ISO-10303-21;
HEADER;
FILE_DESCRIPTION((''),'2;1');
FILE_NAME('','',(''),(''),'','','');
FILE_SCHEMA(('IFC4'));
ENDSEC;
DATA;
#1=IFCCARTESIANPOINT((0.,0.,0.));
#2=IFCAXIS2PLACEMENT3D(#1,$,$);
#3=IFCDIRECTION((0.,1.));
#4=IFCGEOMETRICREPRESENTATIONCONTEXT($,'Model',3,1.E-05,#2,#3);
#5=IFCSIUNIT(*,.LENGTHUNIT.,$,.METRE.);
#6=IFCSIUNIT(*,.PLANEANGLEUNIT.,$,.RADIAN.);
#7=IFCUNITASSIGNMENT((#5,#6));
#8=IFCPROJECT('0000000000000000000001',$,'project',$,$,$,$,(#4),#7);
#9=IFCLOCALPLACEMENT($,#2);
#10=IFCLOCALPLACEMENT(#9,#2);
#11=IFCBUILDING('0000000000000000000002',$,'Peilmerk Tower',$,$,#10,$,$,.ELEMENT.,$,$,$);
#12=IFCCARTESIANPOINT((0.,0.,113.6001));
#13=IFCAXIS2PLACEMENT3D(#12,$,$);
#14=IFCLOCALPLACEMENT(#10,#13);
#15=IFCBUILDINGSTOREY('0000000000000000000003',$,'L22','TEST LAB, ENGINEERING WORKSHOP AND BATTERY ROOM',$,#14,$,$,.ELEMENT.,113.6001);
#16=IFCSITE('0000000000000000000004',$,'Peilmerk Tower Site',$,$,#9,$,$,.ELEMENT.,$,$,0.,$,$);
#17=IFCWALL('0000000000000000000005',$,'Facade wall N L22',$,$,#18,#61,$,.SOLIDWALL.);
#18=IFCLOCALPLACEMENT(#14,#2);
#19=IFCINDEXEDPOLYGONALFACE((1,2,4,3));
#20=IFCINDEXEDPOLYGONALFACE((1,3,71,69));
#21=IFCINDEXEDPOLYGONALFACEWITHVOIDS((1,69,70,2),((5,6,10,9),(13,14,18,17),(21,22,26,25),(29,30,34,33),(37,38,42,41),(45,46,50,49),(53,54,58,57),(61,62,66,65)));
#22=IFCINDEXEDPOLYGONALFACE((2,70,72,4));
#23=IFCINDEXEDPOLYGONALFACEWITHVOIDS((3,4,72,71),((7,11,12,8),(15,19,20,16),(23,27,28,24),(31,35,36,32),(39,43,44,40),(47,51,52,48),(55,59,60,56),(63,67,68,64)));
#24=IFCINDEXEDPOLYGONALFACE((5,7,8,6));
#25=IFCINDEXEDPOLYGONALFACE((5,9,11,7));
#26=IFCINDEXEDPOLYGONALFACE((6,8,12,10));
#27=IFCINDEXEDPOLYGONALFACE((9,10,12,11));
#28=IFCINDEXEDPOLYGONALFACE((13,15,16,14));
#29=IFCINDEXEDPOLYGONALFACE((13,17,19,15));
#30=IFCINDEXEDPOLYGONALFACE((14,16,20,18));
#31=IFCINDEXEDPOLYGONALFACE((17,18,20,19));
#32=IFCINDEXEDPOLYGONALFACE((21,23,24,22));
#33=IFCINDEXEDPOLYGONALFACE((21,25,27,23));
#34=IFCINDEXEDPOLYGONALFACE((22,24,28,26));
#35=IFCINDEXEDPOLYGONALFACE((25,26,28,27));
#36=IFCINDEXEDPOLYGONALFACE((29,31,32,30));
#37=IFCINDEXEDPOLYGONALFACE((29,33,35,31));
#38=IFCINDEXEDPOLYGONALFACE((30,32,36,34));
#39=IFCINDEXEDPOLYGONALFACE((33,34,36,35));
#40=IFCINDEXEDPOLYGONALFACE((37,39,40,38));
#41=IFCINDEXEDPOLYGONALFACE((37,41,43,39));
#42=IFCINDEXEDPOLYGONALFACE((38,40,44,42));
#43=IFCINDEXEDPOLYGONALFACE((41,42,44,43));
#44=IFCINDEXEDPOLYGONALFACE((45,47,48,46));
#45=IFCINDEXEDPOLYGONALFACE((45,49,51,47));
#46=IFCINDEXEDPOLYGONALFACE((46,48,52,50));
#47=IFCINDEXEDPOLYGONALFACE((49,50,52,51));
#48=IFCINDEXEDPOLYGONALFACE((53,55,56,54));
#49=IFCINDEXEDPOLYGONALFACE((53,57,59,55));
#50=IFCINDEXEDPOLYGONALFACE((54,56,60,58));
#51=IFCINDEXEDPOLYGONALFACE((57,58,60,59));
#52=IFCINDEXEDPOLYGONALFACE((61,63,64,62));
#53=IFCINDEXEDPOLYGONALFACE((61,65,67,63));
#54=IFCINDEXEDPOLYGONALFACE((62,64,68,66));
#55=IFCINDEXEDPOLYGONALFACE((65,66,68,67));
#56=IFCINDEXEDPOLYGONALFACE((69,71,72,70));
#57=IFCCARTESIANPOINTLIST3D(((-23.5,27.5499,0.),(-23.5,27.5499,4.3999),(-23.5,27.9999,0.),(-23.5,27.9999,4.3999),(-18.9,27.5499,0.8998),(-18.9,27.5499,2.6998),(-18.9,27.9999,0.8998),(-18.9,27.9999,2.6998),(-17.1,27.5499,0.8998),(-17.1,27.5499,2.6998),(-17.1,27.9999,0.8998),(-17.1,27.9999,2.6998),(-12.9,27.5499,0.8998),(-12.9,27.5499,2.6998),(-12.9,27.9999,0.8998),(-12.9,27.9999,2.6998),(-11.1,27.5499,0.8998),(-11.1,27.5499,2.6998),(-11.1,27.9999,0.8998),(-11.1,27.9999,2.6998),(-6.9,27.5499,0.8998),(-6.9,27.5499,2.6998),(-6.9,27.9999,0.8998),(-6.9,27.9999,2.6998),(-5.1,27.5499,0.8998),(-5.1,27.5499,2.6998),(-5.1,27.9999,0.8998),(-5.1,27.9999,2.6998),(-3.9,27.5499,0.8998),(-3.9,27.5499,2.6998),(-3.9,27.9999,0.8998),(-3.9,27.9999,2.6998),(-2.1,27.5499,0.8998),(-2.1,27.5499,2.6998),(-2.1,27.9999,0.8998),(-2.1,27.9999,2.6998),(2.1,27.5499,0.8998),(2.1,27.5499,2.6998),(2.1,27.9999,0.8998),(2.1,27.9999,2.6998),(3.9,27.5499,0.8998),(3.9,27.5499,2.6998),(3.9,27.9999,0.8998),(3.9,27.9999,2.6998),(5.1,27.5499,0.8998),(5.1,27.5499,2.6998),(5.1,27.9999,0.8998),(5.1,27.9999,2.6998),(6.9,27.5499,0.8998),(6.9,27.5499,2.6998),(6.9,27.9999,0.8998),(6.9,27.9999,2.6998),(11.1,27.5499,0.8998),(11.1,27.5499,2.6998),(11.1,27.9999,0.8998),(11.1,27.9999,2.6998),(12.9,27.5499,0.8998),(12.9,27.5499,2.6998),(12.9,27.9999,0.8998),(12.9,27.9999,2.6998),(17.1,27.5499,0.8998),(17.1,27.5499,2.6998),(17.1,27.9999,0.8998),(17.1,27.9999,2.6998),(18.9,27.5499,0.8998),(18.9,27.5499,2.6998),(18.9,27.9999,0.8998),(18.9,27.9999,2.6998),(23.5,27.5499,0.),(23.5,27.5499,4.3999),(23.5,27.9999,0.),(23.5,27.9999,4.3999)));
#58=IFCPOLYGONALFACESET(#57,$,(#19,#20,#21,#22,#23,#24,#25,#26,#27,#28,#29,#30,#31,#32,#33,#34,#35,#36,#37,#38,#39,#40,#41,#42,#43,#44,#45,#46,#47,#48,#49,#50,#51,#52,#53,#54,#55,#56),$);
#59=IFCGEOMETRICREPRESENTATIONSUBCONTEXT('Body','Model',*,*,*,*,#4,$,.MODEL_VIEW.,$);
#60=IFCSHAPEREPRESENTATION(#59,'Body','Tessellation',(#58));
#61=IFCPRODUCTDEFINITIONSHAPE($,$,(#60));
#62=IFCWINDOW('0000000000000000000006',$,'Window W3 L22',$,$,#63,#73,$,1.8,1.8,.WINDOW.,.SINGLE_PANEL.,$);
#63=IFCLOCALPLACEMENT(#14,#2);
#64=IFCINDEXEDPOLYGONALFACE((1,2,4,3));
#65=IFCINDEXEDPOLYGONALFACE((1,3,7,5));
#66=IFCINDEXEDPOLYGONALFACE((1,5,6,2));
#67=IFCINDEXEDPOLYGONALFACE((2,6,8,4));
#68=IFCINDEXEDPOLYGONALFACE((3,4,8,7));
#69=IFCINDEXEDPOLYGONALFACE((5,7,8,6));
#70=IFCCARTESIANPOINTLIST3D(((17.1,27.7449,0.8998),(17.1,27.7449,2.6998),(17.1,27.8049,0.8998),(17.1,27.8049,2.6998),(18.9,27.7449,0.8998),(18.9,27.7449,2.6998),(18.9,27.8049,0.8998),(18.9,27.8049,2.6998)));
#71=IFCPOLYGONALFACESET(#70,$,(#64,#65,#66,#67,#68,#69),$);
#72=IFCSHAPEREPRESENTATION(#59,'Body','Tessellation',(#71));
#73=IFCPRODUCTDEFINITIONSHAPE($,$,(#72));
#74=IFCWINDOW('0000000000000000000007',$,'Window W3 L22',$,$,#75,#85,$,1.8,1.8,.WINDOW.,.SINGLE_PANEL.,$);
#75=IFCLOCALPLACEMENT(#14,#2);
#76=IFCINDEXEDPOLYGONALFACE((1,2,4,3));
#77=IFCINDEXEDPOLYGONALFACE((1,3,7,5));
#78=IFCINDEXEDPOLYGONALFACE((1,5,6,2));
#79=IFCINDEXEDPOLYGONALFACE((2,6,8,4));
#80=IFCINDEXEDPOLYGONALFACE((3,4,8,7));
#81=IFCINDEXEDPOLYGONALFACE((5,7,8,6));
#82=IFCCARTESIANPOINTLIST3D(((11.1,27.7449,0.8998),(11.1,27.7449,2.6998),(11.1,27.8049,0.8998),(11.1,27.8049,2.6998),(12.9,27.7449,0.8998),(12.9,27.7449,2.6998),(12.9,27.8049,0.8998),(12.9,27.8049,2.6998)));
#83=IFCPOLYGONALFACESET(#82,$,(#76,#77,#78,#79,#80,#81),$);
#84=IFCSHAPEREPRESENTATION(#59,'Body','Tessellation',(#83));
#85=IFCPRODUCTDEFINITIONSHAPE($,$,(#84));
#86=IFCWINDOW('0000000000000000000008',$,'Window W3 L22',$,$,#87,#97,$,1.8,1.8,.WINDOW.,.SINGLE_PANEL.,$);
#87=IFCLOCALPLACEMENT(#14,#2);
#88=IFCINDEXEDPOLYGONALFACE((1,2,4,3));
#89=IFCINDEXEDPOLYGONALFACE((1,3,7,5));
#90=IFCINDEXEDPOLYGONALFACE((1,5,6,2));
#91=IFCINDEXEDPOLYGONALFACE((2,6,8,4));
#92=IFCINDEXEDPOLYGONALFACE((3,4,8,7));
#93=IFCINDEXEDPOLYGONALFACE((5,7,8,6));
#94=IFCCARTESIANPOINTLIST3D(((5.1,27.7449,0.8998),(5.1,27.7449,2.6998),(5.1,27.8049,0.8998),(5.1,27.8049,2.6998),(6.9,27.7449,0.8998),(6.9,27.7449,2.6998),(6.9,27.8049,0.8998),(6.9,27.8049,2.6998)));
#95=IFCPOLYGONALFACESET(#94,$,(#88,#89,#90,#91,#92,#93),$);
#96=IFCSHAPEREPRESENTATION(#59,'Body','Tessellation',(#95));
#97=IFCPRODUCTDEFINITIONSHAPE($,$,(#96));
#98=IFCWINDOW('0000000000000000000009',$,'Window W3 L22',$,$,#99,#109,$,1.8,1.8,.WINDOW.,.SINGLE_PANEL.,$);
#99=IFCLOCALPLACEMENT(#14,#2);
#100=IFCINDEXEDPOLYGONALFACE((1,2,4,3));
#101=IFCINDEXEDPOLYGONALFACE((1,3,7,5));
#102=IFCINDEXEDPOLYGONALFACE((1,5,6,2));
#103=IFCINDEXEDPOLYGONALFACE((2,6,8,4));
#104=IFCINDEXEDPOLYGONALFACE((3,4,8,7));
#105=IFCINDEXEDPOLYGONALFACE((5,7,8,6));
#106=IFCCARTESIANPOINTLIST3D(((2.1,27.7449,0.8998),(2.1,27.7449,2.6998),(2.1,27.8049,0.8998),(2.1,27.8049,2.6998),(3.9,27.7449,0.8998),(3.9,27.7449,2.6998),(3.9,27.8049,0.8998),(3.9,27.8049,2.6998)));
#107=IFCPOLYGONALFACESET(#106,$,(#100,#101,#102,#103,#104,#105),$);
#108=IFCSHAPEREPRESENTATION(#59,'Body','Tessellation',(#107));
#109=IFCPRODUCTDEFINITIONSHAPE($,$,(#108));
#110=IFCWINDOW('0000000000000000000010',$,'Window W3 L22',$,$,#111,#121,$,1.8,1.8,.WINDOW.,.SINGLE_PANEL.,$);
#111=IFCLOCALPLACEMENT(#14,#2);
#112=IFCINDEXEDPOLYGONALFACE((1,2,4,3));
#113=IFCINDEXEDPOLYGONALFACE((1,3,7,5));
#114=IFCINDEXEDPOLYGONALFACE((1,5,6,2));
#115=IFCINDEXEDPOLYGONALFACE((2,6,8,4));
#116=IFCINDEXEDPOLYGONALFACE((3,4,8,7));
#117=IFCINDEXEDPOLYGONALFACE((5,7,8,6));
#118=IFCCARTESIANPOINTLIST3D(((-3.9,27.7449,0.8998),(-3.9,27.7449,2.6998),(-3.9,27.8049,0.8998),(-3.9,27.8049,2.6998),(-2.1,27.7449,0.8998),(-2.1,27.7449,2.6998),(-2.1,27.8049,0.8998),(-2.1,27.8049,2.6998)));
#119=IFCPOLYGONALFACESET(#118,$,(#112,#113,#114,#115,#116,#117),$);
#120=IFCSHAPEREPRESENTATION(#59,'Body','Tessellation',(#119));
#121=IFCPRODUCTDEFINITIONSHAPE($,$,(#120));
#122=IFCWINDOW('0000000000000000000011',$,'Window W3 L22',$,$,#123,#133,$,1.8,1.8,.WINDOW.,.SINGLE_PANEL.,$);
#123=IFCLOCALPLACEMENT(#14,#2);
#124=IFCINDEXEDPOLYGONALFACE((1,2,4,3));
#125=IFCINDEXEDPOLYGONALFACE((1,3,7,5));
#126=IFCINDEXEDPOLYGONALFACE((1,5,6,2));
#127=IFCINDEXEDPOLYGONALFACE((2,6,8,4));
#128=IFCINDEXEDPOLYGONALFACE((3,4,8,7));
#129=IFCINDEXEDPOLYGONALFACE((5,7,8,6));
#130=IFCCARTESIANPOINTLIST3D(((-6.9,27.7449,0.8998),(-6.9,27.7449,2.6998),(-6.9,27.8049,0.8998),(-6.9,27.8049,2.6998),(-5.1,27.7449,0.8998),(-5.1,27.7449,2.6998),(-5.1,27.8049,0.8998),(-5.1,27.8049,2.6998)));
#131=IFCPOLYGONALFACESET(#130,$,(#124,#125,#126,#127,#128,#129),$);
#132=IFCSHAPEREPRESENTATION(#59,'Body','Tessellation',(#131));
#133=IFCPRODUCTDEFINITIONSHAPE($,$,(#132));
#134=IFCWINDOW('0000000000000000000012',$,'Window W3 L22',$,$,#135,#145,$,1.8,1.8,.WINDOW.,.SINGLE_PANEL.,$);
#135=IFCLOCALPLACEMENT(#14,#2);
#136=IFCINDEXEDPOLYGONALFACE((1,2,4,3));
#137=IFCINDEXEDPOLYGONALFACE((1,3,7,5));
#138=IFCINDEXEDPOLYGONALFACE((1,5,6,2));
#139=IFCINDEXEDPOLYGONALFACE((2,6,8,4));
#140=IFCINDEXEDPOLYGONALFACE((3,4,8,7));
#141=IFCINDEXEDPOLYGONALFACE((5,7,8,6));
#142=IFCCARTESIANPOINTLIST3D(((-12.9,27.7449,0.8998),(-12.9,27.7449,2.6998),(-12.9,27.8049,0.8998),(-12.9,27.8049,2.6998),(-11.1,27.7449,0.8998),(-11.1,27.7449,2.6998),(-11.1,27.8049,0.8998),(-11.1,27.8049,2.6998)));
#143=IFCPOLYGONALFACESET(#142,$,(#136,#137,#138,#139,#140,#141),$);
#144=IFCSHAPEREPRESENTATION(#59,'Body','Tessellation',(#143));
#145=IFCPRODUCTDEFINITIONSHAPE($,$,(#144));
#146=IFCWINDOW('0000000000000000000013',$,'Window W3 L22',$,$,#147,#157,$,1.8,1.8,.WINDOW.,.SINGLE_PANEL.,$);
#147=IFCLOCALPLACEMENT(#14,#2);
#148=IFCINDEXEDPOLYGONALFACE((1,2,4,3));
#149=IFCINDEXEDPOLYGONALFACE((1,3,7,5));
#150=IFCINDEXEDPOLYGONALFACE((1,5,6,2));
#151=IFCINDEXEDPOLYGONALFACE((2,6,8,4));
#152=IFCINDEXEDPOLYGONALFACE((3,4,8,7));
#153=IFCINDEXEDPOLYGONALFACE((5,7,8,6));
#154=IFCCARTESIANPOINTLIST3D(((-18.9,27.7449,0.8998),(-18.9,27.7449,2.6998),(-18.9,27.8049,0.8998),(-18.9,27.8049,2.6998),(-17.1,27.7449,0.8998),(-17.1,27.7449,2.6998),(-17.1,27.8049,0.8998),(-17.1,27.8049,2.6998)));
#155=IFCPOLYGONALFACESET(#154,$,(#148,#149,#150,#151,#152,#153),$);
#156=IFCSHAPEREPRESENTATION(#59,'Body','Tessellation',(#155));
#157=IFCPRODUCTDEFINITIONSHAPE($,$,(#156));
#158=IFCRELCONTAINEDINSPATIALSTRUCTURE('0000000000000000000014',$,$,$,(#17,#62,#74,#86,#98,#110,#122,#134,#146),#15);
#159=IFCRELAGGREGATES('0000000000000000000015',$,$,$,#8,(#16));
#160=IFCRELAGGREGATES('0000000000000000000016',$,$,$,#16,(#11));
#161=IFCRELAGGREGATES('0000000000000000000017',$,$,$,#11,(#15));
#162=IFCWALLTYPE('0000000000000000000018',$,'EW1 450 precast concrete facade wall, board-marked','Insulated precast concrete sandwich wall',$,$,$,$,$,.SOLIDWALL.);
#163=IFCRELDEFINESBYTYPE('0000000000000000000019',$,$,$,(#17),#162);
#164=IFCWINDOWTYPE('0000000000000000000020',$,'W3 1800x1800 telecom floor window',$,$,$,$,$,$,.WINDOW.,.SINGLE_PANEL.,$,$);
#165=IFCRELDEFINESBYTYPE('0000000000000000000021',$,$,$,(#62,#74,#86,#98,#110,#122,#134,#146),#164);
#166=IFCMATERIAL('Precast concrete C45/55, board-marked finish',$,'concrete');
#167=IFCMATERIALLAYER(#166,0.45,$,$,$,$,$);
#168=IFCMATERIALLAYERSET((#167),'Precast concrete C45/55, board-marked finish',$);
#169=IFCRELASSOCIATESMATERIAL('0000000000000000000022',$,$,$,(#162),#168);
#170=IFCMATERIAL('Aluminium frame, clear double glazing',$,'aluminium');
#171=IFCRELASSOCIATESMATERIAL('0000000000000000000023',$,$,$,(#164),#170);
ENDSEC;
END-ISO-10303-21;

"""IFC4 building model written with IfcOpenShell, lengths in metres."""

from ifc_helpers import new_model, si_unit, direction, frame, frame_2d, origin, place, context, subcontext, project, spatial, rectangle, extrude, material, layer, layer_set, type_object, element, fill, save


model = new_model("IFC4")

# Units and contexts
model_context = context("Model", 3, precision=1e-05, world=origin(), true_north=direction((0.0, 1.0)))
body_context = subcontext(model_context, "Body", "Model", "MODEL_VIEW")
ifc_project = project(units=[si_unit("LENGTHUNIT", "METRE"), si_unit("PLANEANGLEUNIT", "RADIAN")], contexts=[model_context])

# Site, building, storey
site_placement = place(None, origin())
site = spatial("IfcSite", under=ifc_project, at=site_placement, Name="Peilmerk Tower Site", CompositionType="ELEMENT", RefElevation=0.0)
building_placement = place(site_placement, origin())
building = spatial("IfcBuilding", under=site, at=building_placement, Name="Peilmerk Tower", CompositionType="ELEMENT")
storey_placement = place(building_placement, frame((0.0, 0.0, 113.6001)))
storey = spatial("IfcBuildingStorey", under=building, at=storey_placement, Name="L22", Description="TEST LAB, ENGINEERING WORKSHOP AND BATTERY ROOM", CompositionType="ELEMENT", Elevation=113.6001)

# Wall, openings, windows
ifc_material_1 = material(Name="Precast concrete C45/55, board-marked finish", Category="concrete")
ifc_layer = layer(ifc_material_1, 0.45)
ifc_layer_set = layer_set([ifc_layer], Name="Precast concrete C45/55, board-marked finish")
wall_type = type_object("IfcWallType", Name="EW1 450 precast concrete facade wall, board-marked", Description="Insulated precast concrete sandwich wall", PredefinedType="SOLIDWALL", material=ifc_layer_set)
wall_1_placement = place(storey_placement, frame((23.5, 27.7749, 0.0), z_axis=(0.0, 0.0, 1.0), x_axis=(-1.0, 0.0, 0.0)))
wall_1 = element("IfcWall", 1, at=wall_1_placement, inside=storey, type_object=wall_type, Name="Facade wall N L22", PredefinedType="SOLIDWALL", context=body_context, shape_type="SweptSolid", body=[
    extrude(rectangle(XDim=47.0, YDim=0.45, at=frame_2d((23.5, 0.0))), origin(), (0.0, 0.0, 1.0), 4.3999),
])
opening_1_placement = place(wall_1_placement, frame((4.6001, 0.0, 0.8999)))
opening_1 = element("IfcOpeningElement", 2, at=opening_1_placement, cuts=wall_1, PredefinedType="OPENING", context=body_context, shape_type="SweptSolid", body=[
    extrude(rectangle(XDim=1.8, YDim=1.8, at=frame_2d((0.8999, 0.8999))), frame((0.0, 0.2349, 0.0), z_axis=(0.0, -1.0, 0.0), x_axis=(1.0, 0.0, 0.0)), (0.0, 0.0, 1.0), 0.47),
])
opening_2_placement = place(wall_1_placement, frame((10.6001, 0.0, 0.8999)))
opening_2 = element("IfcOpeningElement", 3, at=opening_2_placement, cuts=wall_1, PredefinedType="OPENING", context=body_context, shape_type="SweptSolid", body=[
    extrude(rectangle(XDim=1.8, YDim=1.8, at=frame_2d((0.8999, 0.8999))), frame((0.0, 0.2349, 0.0), z_axis=(0.0, -1.0, 0.0), x_axis=(1.0, 0.0, 0.0)), (0.0, 0.0, 1.0), 0.47),
])
opening_3_placement = place(wall_1_placement, frame((16.6001, 0.0, 0.8999)))
opening_3 = element("IfcOpeningElement", 4, at=opening_3_placement, cuts=wall_1, PredefinedType="OPENING", context=body_context, shape_type="SweptSolid", body=[
    extrude(rectangle(XDim=1.8, YDim=1.8, at=frame_2d((0.8999, 0.8999))), frame((0.0, 0.2349, 0.0), z_axis=(0.0, -1.0, 0.0), x_axis=(1.0, 0.0, 0.0)), (0.0, 0.0, 1.0), 0.47),
])
opening_4_placement = place(wall_1_placement, frame((19.6001, 0.0, 0.8999)))
opening_4 = element("IfcOpeningElement", 5, at=opening_4_placement, cuts=wall_1, PredefinedType="OPENING", context=body_context, shape_type="SweptSolid", body=[
    extrude(rectangle(XDim=1.8, YDim=1.8, at=frame_2d((0.8999, 0.8999))), frame((0.0, 0.2349, 0.0), z_axis=(0.0, -1.0, 0.0), x_axis=(1.0, 0.0, 0.0)), (0.0, 0.0, 1.0), 0.47),
])
opening_5_placement = place(wall_1_placement, frame((25.6001, 0.0, 0.8999)))
opening_5 = element("IfcOpeningElement", 6, at=opening_5_placement, cuts=wall_1, PredefinedType="OPENING", context=body_context, shape_type="SweptSolid", body=[
    extrude(rectangle(XDim=1.8, YDim=1.8, at=frame_2d((0.8999, 0.8999))), frame((0.0, 0.2349, 0.0), z_axis=(0.0, -1.0, 0.0), x_axis=(1.0, 0.0, 0.0)), (0.0, 0.0, 1.0), 0.47),
])
opening_6_placement = place(wall_1_placement, frame((28.6001, 0.0, 0.8999)))
opening_6 = element("IfcOpeningElement", 7, at=opening_6_placement, cuts=wall_1, PredefinedType="OPENING", context=body_context, shape_type="SweptSolid", body=[
    extrude(rectangle(XDim=1.8, YDim=1.8, at=frame_2d((0.8999, 0.8999))), frame((0.0, 0.2349, 0.0), z_axis=(0.0, -1.0, 0.0), x_axis=(1.0, 0.0, 0.0)), (0.0, 0.0, 1.0), 0.47),
])
opening_7_placement = place(wall_1_placement, frame((34.6001, 0.0, 0.8999)))
opening_7 = element("IfcOpeningElement", 8, at=opening_7_placement, cuts=wall_1, PredefinedType="OPENING", context=body_context, shape_type="SweptSolid", body=[
    extrude(rectangle(XDim=1.8, YDim=1.8, at=frame_2d((0.8999, 0.8999))), frame((0.0, 0.2349, 0.0), z_axis=(0.0, -1.0, 0.0), x_axis=(1.0, 0.0, 0.0)), (0.0, 0.0, 1.0), 0.47),
])
opening_8_placement = place(wall_1_placement, frame((40.6001, 0.0, 0.8999)))
opening_8 = element("IfcOpeningElement", 9, at=opening_8_placement, cuts=wall_1, PredefinedType="OPENING", context=body_context, shape_type="SweptSolid", body=[
    extrude(rectangle(XDim=1.8, YDim=1.8, at=frame_2d((0.8999, 0.8999))), frame((0.0, 0.2349, 0.0), z_axis=(0.0, -1.0, 0.0), x_axis=(1.0, 0.0, 0.0)), (0.0, 0.0, 1.0), 0.47),
])
ifc_material_2 = material(Name="Aluminium frame, clear double glazing", Category="aluminium")
window_type = type_object("IfcWindowType", Name="W3 1800x1800 telecom floor window", PartitioningType="SINGLE_PANEL", PredefinedType="WINDOW", material=ifc_material_2)
window_1_placement = place(opening_1_placement, origin())
window_1 = element("IfcWindow", 10, at=window_1_placement, inside=storey, type_object=window_type, Name="Window W3 L22", OverallHeight=1.8, OverallWidth=1.8, PartitioningType="SINGLE_PANEL", PredefinedType="WINDOW", context=body_context, shape_type="SweptSolid", body=[
    extrude(rectangle(XDim=1.8, YDim=1.8, at=frame_2d((0.8999, 0.8999))), frame((0.0, 0.03, 0.0), z_axis=(0.0, -1.0, 0.0), x_axis=(1.0, 0.0, 0.0)), (0.0, 0.0, 1.0), 0.0601),
])
fill(opening_1, window_1)
window_2_placement = place(opening_2_placement, origin())
window_2 = element("IfcWindow", 11, at=window_2_placement, inside=storey, type_object=window_type, Name="Window W3 L22", OverallHeight=1.8, OverallWidth=1.8, PartitioningType="SINGLE_PANEL", PredefinedType="WINDOW", context=body_context, shape_type="SweptSolid", body=[
    extrude(rectangle(XDim=1.8, YDim=1.8, at=frame_2d((0.8999, 0.8999))), frame((0.0, 0.03, 0.0), z_axis=(0.0, -1.0, 0.0), x_axis=(1.0, 0.0, 0.0)), (0.0, 0.0, 1.0), 0.0601),
])
fill(opening_2, window_2)
window_3_placement = place(opening_3_placement, origin())
window_3 = element("IfcWindow", 12, at=window_3_placement, inside=storey, type_object=window_type, Name="Window W3 L22", OverallHeight=1.8, OverallWidth=1.8, PartitioningType="SINGLE_PANEL", PredefinedType="WINDOW", context=body_context, shape_type="SweptSolid", body=[
    extrude(rectangle(XDim=1.8, YDim=1.8, at=frame_2d((0.8999, 0.8999))), frame((0.0, 0.03, 0.0), z_axis=(0.0, -1.0, 0.0), x_axis=(1.0, 0.0, 0.0)), (0.0, 0.0, 1.0), 0.0601),
])
fill(opening_3, window_3)
window_4_placement = place(opening_4_placement, origin())
window_4 = element("IfcWindow", 13, at=window_4_placement, inside=storey, type_object=window_type, Name="Window W3 L22", OverallHeight=1.8, OverallWidth=1.8, PartitioningType="SINGLE_PANEL", PredefinedType="WINDOW", context=body_context, shape_type="SweptSolid", body=[
    extrude(rectangle(XDim=1.8, YDim=1.8, at=frame_2d((0.8999, 0.8999))), frame((0.0, 0.03, 0.0), z_axis=(0.0, -1.0, 0.0), x_axis=(1.0, 0.0, 0.0)), (0.0, 0.0, 1.0), 0.0601),
])
fill(opening_4, window_4)
window_5_placement = place(opening_5_placement, origin())
window_5 = element("IfcWindow", 14, at=window_5_placement, inside=storey, type_object=window_type, Name="Window W3 L22", OverallHeight=1.8, OverallWidth=1.8, PartitioningType="SINGLE_PANEL", PredefinedType="WINDOW", context=body_context, shape_type="SweptSolid", body=[
    extrude(rectangle(XDim=1.8, YDim=1.8, at=frame_2d((0.8999, 0.8999))), frame((0.0, 0.03, 0.0), z_axis=(0.0, -1.0, 0.0), x_axis=(1.0, 0.0, 0.0)), (0.0, 0.0, 1.0), 0.0601),
])
fill(opening_5, window_5)
window_6_placement = place(opening_6_placement, origin())
window_6 = element("IfcWindow", 15, at=window_6_placement, inside=storey, type_object=window_type, Name="Window W3 L22", OverallHeight=1.8, OverallWidth=1.8, PartitioningType="SINGLE_PANEL", PredefinedType="WINDOW", context=body_context, shape_type="SweptSolid", body=[
    extrude(rectangle(XDim=1.8, YDim=1.8, at=frame_2d((0.8999, 0.8999))), frame((0.0, 0.03, 0.0), z_axis=(0.0, -1.0, 0.0), x_axis=(1.0, 0.0, 0.0)), (0.0, 0.0, 1.0), 0.0601),
])
fill(opening_6, window_6)
window_7_placement = place(opening_7_placement, origin())
window_7 = element("IfcWindow", 16, at=window_7_placement, inside=storey, type_object=window_type, Name="Window W3 L22", OverallHeight=1.8, OverallWidth=1.8, PartitioningType="SINGLE_PANEL", PredefinedType="WINDOW", context=body_context, shape_type="SweptSolid", body=[
    extrude(rectangle(XDim=1.8, YDim=1.8, at=frame_2d((0.8999, 0.8999))), frame((0.0, 0.03, 0.0), z_axis=(0.0, -1.0, 0.0), x_axis=(1.0, 0.0, 0.0)), (0.0, 0.0, 1.0), 0.0601),
])
fill(opening_7, window_7)
window_8_placement = place(opening_8_placement, origin())
window_8 = element("IfcWindow", 17, at=window_8_placement, inside=storey, type_object=window_type, Name="Window W3 L22", OverallHeight=1.8, OverallWidth=1.8, PartitioningType="SINGLE_PANEL", PredefinedType="WINDOW", context=body_context, shape_type="SweptSolid", body=[
    extrude(rectangle(XDim=1.8, YDim=1.8, at=frame_2d((0.8999, 0.8999))), frame((0.0, 0.03, 0.0), z_axis=(0.0, -1.0, 0.0), x_axis=(1.0, 0.0, 0.0)), (0.0, 0.0, 1.0), 0.0601),
])
fill(opening_8, window_8)

save(model, "model.ifc")
